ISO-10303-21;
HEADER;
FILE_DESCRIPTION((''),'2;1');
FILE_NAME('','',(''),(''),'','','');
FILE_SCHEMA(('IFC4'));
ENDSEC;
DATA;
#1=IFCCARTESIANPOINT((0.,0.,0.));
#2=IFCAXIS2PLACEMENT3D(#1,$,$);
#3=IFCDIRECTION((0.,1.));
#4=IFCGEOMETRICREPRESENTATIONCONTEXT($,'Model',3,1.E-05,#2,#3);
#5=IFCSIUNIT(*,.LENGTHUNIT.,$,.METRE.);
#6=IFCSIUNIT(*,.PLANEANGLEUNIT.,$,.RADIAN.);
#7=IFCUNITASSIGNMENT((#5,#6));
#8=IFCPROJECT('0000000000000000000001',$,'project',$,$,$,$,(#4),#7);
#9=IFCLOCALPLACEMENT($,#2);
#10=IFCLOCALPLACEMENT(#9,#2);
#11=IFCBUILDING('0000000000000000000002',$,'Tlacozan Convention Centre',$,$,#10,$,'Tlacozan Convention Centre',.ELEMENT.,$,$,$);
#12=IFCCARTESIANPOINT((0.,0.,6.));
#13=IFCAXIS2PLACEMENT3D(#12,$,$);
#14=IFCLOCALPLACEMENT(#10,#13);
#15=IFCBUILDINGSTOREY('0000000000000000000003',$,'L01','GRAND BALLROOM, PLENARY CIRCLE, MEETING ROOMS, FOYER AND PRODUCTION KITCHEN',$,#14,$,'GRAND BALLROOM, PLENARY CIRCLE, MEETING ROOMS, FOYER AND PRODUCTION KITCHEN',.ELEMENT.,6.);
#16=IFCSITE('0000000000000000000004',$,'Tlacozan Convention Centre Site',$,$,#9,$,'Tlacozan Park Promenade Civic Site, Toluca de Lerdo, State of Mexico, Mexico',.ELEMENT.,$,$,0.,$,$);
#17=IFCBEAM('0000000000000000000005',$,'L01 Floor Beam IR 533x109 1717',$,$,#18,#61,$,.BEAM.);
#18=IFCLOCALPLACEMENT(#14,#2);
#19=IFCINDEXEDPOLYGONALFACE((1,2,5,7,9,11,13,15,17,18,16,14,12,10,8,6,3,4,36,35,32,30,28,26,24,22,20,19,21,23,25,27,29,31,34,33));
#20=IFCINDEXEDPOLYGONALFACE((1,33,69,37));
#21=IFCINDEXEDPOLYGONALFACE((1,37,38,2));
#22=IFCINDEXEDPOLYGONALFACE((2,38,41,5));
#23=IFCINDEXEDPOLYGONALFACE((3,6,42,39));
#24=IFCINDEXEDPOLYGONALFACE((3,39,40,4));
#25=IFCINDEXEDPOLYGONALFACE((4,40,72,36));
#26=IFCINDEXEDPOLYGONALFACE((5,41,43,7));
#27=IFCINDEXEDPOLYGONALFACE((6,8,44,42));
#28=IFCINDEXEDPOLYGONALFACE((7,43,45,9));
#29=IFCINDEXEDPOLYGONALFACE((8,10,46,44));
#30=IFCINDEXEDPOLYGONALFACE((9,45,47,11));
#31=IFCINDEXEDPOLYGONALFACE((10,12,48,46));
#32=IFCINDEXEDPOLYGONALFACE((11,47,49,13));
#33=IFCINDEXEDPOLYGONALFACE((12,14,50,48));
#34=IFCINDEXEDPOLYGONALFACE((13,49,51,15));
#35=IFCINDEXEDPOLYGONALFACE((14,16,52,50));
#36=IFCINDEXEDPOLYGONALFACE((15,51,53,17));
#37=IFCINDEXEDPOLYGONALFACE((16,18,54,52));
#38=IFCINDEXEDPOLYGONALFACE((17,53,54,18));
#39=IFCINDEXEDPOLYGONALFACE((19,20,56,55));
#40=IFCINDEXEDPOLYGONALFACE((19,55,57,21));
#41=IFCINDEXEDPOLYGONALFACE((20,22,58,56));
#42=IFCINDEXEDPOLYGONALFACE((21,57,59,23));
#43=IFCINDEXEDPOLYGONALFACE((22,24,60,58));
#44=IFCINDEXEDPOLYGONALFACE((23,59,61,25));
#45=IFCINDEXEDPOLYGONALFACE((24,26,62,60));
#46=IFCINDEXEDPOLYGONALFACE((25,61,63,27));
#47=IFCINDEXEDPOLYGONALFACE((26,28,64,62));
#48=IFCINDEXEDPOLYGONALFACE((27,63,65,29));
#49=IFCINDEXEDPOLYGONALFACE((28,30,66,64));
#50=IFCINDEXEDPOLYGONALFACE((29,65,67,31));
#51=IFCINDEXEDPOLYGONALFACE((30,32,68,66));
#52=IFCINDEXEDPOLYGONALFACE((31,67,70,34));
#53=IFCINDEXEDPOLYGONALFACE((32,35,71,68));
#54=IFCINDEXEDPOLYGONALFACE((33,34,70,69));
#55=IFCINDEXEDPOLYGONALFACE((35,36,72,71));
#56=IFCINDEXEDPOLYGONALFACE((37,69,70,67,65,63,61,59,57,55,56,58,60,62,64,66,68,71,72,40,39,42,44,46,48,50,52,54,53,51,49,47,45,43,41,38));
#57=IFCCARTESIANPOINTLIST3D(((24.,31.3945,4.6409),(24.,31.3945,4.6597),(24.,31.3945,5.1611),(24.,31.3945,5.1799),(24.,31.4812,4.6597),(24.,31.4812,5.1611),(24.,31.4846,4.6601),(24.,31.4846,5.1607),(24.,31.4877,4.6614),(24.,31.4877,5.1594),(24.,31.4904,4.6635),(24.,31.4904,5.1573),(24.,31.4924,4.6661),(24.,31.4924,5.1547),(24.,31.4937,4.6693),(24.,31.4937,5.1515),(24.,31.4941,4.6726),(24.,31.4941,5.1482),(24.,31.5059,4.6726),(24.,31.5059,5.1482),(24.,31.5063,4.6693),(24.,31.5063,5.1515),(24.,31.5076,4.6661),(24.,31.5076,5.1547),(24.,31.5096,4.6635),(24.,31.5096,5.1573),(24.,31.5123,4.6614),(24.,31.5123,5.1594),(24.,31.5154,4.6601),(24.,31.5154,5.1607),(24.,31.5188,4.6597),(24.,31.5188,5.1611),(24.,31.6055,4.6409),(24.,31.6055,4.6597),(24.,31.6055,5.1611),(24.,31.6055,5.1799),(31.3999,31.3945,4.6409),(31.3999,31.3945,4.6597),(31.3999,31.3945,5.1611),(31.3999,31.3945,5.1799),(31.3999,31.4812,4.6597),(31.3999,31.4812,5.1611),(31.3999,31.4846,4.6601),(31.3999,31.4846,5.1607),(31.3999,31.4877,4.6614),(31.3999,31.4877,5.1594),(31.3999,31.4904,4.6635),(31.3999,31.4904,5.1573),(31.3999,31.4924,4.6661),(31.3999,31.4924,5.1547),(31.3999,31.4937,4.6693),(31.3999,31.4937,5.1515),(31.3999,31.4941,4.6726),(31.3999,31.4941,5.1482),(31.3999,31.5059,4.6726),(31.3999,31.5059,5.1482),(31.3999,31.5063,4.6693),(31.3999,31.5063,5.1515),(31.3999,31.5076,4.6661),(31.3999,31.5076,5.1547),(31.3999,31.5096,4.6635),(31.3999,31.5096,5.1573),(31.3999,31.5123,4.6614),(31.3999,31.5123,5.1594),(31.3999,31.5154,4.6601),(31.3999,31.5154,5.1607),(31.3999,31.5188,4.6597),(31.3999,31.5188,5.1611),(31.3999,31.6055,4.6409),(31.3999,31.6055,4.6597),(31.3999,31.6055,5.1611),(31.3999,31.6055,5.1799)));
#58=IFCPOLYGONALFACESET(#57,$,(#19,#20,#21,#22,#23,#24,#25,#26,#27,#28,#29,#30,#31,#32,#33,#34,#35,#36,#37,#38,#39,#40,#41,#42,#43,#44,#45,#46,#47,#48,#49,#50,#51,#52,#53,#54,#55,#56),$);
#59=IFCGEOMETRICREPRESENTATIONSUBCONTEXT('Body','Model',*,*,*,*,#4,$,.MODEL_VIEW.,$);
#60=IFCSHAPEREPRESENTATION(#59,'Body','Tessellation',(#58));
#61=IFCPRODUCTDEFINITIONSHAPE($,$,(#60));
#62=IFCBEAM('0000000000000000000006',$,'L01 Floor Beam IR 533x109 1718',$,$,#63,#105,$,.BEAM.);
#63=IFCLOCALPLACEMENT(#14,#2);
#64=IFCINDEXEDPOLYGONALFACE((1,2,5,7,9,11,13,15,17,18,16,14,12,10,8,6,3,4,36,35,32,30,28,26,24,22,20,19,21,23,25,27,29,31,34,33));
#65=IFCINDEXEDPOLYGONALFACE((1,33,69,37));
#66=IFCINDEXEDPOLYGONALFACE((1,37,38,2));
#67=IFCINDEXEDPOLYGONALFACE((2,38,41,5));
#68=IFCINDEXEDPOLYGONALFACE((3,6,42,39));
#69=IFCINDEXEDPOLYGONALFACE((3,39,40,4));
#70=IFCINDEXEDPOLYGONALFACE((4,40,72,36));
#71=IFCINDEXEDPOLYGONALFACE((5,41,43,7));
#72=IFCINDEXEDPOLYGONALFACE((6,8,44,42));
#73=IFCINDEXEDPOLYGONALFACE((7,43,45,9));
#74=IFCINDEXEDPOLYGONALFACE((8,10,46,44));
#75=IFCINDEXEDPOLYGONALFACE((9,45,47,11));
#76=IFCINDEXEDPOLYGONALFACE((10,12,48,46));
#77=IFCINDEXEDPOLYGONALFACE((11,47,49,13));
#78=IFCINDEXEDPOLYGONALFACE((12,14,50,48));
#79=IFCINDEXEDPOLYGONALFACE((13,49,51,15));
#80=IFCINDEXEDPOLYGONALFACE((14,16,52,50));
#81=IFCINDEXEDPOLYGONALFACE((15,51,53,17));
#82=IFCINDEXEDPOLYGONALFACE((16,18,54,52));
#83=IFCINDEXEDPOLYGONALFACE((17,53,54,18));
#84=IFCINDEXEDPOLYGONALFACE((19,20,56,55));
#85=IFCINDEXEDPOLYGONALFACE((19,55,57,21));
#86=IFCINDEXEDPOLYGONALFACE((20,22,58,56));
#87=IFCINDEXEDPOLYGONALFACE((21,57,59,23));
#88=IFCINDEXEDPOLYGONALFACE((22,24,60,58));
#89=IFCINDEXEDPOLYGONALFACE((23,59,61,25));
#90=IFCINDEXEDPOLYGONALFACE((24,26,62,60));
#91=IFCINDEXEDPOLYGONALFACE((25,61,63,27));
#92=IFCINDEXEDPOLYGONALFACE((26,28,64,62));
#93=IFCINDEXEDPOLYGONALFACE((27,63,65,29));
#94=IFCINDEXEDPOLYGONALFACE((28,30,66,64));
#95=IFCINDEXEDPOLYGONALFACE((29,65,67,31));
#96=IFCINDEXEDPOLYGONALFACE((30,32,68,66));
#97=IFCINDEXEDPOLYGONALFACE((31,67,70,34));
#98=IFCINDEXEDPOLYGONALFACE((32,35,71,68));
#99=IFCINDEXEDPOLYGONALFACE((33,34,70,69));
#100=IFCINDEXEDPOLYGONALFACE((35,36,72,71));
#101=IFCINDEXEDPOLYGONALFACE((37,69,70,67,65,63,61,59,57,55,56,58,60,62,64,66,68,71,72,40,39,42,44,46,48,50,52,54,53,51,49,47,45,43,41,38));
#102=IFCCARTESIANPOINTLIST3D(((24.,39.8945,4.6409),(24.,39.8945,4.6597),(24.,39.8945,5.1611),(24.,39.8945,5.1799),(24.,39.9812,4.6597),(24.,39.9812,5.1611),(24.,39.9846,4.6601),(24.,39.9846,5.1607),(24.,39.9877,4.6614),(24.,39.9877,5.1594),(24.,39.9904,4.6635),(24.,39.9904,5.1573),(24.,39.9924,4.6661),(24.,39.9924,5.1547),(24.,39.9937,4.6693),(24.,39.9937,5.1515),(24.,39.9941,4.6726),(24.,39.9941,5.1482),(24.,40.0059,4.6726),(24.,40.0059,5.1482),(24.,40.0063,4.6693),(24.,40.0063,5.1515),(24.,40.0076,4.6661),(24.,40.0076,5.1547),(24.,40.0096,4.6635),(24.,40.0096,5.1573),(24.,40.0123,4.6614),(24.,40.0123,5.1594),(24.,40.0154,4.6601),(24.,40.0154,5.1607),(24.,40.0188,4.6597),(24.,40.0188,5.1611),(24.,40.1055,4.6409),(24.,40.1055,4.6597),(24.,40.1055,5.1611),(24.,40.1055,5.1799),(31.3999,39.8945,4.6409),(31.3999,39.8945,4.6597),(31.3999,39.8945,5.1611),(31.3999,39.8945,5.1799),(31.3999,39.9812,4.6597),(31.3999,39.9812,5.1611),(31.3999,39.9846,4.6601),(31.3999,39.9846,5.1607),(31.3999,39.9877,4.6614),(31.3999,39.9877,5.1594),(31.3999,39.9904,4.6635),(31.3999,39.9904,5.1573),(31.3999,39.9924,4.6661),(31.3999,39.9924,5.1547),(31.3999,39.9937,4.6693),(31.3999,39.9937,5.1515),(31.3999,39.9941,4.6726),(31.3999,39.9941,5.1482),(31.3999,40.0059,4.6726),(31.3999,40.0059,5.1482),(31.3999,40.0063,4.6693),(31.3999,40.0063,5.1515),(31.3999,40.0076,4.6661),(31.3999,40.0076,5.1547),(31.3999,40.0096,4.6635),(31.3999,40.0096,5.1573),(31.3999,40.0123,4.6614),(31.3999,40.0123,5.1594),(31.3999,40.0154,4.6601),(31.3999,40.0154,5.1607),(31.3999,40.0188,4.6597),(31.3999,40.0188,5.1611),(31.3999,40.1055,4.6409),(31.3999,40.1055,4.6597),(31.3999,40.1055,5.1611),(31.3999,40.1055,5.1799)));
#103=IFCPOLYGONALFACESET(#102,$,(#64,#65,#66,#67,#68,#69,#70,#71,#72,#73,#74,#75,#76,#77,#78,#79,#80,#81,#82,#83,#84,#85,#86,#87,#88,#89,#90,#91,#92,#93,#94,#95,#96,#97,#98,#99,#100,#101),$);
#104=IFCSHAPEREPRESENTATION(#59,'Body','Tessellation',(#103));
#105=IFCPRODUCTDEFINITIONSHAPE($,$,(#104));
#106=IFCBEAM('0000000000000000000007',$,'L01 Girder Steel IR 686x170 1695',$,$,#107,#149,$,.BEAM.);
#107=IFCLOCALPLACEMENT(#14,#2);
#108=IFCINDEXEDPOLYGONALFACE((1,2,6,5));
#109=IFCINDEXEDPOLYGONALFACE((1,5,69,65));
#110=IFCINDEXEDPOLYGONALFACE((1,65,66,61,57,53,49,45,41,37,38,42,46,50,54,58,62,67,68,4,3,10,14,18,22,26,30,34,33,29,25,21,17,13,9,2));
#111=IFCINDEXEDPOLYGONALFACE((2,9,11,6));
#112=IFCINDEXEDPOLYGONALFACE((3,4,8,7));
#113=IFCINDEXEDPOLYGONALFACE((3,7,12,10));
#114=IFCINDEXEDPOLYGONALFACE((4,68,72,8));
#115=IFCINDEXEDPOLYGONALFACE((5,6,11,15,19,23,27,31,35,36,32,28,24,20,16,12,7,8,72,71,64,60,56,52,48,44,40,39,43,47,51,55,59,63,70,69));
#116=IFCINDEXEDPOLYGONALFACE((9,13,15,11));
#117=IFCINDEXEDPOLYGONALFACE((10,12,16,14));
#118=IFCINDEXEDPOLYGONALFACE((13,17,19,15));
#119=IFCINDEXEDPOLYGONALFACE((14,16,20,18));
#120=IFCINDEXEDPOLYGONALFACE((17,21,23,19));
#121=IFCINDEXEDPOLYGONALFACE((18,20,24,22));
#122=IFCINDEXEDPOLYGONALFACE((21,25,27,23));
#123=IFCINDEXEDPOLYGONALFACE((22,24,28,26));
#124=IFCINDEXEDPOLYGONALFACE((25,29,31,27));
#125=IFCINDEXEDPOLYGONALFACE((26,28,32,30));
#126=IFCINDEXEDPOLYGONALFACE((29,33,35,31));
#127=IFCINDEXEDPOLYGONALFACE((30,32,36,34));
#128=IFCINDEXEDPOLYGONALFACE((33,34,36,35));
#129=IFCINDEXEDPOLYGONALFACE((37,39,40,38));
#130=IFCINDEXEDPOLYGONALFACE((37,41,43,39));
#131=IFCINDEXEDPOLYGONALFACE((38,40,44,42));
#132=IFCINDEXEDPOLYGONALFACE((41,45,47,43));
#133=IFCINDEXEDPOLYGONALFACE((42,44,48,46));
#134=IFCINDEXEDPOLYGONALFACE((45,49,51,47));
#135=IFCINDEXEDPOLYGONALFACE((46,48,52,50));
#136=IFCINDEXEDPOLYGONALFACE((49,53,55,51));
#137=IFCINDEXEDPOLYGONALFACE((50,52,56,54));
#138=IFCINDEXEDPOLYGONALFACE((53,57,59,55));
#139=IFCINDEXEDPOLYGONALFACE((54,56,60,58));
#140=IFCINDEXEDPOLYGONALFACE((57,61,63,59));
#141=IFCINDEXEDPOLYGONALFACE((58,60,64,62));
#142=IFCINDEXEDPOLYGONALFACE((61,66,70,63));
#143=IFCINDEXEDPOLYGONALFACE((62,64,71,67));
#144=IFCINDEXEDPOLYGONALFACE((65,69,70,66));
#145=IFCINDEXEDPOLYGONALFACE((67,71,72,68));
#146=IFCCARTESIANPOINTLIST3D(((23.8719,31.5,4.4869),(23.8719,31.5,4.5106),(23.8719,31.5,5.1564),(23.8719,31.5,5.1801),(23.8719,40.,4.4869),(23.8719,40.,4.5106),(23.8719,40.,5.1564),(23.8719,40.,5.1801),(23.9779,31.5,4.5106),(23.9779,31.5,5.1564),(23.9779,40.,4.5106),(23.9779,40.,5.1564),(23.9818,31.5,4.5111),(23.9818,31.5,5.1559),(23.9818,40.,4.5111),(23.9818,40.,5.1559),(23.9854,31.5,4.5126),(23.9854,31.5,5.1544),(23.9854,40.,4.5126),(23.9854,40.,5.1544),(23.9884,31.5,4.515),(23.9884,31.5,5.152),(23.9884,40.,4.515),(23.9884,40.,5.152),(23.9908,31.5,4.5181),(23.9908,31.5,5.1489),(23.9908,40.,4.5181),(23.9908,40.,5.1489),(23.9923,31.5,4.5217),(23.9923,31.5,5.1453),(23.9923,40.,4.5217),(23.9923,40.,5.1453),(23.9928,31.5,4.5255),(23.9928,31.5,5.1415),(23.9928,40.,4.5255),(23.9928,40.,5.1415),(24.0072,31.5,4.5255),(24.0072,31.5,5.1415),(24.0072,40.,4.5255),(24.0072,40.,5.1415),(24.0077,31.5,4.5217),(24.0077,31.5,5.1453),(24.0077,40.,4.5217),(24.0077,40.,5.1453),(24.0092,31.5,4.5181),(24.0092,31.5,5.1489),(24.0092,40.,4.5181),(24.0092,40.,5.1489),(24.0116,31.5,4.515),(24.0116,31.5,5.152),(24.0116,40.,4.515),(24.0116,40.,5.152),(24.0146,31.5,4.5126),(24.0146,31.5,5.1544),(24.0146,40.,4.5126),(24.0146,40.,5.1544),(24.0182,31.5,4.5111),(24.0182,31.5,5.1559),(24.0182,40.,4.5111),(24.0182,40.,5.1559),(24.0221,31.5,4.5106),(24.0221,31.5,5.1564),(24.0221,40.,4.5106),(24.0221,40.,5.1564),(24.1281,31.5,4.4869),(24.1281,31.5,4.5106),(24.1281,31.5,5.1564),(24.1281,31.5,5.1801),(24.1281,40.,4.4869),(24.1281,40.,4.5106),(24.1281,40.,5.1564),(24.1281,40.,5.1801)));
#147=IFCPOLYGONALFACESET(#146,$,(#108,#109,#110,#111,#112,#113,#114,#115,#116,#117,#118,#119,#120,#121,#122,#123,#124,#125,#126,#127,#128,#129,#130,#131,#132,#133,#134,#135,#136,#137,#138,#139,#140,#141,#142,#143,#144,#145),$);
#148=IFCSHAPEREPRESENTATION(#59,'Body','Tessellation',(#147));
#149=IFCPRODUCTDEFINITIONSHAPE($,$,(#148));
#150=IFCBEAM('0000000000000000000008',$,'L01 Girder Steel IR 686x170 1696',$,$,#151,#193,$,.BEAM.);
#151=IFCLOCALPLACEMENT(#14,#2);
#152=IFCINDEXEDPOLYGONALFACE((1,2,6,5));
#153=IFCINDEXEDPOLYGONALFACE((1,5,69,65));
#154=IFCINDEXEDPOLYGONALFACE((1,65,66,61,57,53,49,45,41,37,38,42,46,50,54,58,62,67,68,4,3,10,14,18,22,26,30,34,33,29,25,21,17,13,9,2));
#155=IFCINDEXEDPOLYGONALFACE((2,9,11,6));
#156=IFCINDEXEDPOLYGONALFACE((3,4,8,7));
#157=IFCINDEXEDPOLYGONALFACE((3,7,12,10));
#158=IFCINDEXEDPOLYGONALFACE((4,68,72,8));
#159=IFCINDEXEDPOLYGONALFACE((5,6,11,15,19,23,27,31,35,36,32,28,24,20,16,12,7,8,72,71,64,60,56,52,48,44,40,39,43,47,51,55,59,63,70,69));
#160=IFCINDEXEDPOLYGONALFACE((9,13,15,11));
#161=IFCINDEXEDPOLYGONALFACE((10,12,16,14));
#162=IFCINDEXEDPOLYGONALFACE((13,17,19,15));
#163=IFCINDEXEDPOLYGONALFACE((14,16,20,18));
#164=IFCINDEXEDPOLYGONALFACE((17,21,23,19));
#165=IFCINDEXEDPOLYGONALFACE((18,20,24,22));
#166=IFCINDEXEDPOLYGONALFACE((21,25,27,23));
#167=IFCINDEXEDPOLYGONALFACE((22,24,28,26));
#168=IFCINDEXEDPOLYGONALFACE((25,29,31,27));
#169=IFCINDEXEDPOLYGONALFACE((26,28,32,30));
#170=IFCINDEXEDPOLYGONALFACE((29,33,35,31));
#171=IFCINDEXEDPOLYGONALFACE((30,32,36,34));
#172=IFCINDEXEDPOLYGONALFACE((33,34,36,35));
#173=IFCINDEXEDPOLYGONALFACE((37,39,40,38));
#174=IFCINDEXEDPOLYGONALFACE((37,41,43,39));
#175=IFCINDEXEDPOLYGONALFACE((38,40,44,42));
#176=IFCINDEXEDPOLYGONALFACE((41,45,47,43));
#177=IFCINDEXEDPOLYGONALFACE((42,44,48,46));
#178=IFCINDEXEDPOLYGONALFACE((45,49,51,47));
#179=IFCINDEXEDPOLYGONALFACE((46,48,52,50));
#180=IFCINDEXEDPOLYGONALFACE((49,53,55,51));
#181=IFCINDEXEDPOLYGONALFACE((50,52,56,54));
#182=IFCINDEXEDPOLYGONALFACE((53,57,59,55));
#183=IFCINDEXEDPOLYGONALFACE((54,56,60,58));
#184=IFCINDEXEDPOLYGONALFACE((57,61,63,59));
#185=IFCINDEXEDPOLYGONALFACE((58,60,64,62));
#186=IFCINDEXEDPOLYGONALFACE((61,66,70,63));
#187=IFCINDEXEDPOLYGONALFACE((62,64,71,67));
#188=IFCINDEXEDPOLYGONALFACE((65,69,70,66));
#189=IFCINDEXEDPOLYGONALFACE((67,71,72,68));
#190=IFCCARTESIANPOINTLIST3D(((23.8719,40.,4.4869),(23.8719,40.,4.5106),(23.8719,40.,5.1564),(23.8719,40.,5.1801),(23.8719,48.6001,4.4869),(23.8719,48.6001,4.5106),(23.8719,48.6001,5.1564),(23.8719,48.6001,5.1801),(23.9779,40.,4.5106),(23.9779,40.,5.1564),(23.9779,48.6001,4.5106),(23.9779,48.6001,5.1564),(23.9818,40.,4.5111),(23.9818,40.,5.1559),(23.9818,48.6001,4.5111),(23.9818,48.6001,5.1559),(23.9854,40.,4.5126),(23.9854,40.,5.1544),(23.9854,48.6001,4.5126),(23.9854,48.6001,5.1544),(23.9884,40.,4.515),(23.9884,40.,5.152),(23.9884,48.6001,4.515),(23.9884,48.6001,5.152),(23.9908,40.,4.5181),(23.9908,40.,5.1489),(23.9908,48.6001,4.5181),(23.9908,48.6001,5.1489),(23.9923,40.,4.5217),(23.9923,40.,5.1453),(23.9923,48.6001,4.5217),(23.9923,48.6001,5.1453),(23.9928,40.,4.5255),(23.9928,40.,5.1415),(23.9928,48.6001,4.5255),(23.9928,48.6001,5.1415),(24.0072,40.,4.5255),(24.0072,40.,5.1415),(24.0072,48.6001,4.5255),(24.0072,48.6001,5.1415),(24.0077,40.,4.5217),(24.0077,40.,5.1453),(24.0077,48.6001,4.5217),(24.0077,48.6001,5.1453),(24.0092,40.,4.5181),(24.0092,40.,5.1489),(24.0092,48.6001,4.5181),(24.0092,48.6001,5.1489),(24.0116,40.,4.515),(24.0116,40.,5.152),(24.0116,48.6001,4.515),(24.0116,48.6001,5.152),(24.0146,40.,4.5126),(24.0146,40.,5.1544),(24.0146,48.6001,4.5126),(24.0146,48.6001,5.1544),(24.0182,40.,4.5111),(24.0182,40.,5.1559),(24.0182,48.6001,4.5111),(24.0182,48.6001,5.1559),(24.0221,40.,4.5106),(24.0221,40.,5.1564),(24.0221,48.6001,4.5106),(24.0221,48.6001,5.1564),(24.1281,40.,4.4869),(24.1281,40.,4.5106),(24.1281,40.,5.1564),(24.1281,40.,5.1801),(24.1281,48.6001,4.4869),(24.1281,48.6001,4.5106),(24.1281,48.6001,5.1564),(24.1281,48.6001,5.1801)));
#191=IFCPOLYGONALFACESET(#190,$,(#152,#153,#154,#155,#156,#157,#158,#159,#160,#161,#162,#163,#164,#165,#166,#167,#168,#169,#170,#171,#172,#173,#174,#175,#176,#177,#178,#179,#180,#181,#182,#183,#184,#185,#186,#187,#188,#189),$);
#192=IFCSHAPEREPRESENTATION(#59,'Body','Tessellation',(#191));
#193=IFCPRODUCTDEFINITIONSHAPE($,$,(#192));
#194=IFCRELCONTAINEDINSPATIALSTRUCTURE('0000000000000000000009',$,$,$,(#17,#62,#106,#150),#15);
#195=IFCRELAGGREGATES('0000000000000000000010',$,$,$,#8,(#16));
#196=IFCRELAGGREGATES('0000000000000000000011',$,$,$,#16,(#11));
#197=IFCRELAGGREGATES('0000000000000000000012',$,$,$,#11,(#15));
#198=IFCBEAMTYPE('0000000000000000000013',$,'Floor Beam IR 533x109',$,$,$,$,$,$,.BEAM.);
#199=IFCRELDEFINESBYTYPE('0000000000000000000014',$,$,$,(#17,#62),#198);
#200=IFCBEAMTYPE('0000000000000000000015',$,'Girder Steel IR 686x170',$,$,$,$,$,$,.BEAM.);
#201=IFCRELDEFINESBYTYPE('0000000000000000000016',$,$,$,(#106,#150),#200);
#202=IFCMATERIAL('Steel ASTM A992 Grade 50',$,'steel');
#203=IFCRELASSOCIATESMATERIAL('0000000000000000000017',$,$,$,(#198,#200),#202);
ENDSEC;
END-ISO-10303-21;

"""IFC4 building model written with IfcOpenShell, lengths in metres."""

from ifc_helpers import new_model, si_unit, direction, frame, origin, origin_2d, place, context, subcontext, project, spatial, i_section, extrude, material, material_profile, profile_set, type_object, element, save


model = new_model("IFC4")

# Units and contexts
model_context = context("Model", 3, precision=1e-05, world=origin(), true_north=direction((0.0, 1.0)))
body_context = subcontext(model_context, "Body", "Model", "MODEL_VIEW")
ifc_project = project(units=[si_unit("LENGTHUNIT", "METRE"), si_unit("PLANEANGLEUNIT", "RADIAN")], contexts=[model_context])

# Site, building, storey
site_placement = place(None, origin())
site = spatial("IfcSite", under=ifc_project, at=site_placement, Name="Tlacozan Convention Centre Site", LongName="Tlacozan Park Promenade Civic Site, Toluca de Lerdo, State of Mexico, Mexico", CompositionType="ELEMENT", RefElevation=0.0)
building_placement = place(site_placement, origin())
building = spatial("IfcBuilding", under=site, at=building_placement, Name="Tlacozan Convention Centre", LongName="Tlacozan Convention Centre", CompositionType="ELEMENT")
storey_placement = place(building_placement, frame((0.0, 0.0, 6.0)))
storey = spatial("IfcBuildingStorey", under=building, at=storey_placement, Name="L01", Description="GRAND BALLROOM, PLENARY CIRCLE, MEETING ROOMS, FOYER AND PRODUCTION KITCHEN", LongName="GRAND BALLROOM, PLENARY CIRCLE, MEETING ROOMS, FOYER AND PRODUCTION KITCHEN", CompositionType="ELEMENT", Elevation=6.0)

# Beams
ifc_material_1 = material(Name="Steel ASTM A992 Grade 50", Category="steel")
ifc_material_profile_1 = material_profile(ifc_material_1, i_section(OverallWidth=0.2109, OverallDepth=0.5391, WebThickness=0.0117, FlangeThickness=0.0188, FilletRadius=0.0129, at=origin_2d()), Name="IR 533x109.0")
ifc_profile_set_1 = profile_set([ifc_material_profile_1], Name="Steel ASTM A992 Grade 50")
beam_type_1 = type_object("IfcBeamType", Name="Floor Beam IR 533x109", PredefinedType="BEAM", material=ifc_profile_set_1)
for number, where, z_axis, x_axis, name in (
    (1, (24.0, 31.5, 4.9104), (1.0, 0.0, 0.0), (0.0, 1.0, 0.0), "L01 Floor Beam IR 533x109 1717"),
    (2, (24.0, 40.0, 4.9104), (1.0, 0.0, 0.0), (0.0, 1.0, 0.0), "L01 Floor Beam IR 533x109 1718"),
):
    element("IfcBeam", number, at=place(storey_placement, frame(where, z_axis=z_axis, x_axis=x_axis)), inside=storey, type_object=beam_type_1, Name=name, PredefinedType="BEAM", context=body_context, shape_type="SweptSolid", body=[
        extrude(i_section(OverallWidth=0.2109, OverallDepth=0.5391, WebThickness=0.0117, FlangeThickness=0.0188, FilletRadius=0.0129, at=origin_2d()), origin(), (0.0, 0.0, 1.0), 7.3999),
    ])
ifc_material_profile_2 = material_profile(ifc_material_1, i_section(OverallWidth=0.2561, OverallDepth=0.6931, WebThickness=0.0144, FlangeThickness=0.0237, FilletRadius=0.0149, at=origin_2d()), Name="IR 686x170.0")
ifc_profile_set_2 = profile_set([ifc_material_profile_2], Name="Steel ASTM A992 Grade 50")
beam_type_2 = type_object("IfcBeamType", Name="Girder Steel IR 686x170", PredefinedType="BEAM", material=ifc_profile_set_2)
beam_1_placement = place(storey_placement, frame((24.0, 31.5, 4.8335), z_axis=(0.0, 1.0, 0.0), x_axis=(-1.0, 0.0, 0.0)))
element("IfcBeam", 3, at=beam_1_placement, inside=storey, type_object=beam_type_2, Name="L01 Girder Steel IR 686x170 1695", PredefinedType="BEAM", context=body_context, shape_type="SweptSolid", body=[
    extrude(i_section(OverallWidth=0.2561, OverallDepth=0.6931, WebThickness=0.0144, FlangeThickness=0.0237, FilletRadius=0.0149, at=origin_2d()), origin(), (0.0, 0.0, 1.0), 8.5),
])
beam_2_placement = place(storey_placement, frame((24.0, 40.0, 4.8335), z_axis=(0.0, 1.0, 0.0), x_axis=(-1.0, 0.0, 0.0)))
element("IfcBeam", 4, at=beam_2_placement, inside=storey, type_object=beam_type_2, Name="L01 Girder Steel IR 686x170 1696", PredefinedType="BEAM", context=body_context, shape_type="SweptSolid", body=[
    extrude(i_section(OverallWidth=0.2561, OverallDepth=0.6931, WebThickness=0.0144, FlangeThickness=0.0237, FilletRadius=0.0149, at=origin_2d()), origin(), (0.0, 0.0, 1.0), 8.6001),
])

save(model, "model.ifc")
